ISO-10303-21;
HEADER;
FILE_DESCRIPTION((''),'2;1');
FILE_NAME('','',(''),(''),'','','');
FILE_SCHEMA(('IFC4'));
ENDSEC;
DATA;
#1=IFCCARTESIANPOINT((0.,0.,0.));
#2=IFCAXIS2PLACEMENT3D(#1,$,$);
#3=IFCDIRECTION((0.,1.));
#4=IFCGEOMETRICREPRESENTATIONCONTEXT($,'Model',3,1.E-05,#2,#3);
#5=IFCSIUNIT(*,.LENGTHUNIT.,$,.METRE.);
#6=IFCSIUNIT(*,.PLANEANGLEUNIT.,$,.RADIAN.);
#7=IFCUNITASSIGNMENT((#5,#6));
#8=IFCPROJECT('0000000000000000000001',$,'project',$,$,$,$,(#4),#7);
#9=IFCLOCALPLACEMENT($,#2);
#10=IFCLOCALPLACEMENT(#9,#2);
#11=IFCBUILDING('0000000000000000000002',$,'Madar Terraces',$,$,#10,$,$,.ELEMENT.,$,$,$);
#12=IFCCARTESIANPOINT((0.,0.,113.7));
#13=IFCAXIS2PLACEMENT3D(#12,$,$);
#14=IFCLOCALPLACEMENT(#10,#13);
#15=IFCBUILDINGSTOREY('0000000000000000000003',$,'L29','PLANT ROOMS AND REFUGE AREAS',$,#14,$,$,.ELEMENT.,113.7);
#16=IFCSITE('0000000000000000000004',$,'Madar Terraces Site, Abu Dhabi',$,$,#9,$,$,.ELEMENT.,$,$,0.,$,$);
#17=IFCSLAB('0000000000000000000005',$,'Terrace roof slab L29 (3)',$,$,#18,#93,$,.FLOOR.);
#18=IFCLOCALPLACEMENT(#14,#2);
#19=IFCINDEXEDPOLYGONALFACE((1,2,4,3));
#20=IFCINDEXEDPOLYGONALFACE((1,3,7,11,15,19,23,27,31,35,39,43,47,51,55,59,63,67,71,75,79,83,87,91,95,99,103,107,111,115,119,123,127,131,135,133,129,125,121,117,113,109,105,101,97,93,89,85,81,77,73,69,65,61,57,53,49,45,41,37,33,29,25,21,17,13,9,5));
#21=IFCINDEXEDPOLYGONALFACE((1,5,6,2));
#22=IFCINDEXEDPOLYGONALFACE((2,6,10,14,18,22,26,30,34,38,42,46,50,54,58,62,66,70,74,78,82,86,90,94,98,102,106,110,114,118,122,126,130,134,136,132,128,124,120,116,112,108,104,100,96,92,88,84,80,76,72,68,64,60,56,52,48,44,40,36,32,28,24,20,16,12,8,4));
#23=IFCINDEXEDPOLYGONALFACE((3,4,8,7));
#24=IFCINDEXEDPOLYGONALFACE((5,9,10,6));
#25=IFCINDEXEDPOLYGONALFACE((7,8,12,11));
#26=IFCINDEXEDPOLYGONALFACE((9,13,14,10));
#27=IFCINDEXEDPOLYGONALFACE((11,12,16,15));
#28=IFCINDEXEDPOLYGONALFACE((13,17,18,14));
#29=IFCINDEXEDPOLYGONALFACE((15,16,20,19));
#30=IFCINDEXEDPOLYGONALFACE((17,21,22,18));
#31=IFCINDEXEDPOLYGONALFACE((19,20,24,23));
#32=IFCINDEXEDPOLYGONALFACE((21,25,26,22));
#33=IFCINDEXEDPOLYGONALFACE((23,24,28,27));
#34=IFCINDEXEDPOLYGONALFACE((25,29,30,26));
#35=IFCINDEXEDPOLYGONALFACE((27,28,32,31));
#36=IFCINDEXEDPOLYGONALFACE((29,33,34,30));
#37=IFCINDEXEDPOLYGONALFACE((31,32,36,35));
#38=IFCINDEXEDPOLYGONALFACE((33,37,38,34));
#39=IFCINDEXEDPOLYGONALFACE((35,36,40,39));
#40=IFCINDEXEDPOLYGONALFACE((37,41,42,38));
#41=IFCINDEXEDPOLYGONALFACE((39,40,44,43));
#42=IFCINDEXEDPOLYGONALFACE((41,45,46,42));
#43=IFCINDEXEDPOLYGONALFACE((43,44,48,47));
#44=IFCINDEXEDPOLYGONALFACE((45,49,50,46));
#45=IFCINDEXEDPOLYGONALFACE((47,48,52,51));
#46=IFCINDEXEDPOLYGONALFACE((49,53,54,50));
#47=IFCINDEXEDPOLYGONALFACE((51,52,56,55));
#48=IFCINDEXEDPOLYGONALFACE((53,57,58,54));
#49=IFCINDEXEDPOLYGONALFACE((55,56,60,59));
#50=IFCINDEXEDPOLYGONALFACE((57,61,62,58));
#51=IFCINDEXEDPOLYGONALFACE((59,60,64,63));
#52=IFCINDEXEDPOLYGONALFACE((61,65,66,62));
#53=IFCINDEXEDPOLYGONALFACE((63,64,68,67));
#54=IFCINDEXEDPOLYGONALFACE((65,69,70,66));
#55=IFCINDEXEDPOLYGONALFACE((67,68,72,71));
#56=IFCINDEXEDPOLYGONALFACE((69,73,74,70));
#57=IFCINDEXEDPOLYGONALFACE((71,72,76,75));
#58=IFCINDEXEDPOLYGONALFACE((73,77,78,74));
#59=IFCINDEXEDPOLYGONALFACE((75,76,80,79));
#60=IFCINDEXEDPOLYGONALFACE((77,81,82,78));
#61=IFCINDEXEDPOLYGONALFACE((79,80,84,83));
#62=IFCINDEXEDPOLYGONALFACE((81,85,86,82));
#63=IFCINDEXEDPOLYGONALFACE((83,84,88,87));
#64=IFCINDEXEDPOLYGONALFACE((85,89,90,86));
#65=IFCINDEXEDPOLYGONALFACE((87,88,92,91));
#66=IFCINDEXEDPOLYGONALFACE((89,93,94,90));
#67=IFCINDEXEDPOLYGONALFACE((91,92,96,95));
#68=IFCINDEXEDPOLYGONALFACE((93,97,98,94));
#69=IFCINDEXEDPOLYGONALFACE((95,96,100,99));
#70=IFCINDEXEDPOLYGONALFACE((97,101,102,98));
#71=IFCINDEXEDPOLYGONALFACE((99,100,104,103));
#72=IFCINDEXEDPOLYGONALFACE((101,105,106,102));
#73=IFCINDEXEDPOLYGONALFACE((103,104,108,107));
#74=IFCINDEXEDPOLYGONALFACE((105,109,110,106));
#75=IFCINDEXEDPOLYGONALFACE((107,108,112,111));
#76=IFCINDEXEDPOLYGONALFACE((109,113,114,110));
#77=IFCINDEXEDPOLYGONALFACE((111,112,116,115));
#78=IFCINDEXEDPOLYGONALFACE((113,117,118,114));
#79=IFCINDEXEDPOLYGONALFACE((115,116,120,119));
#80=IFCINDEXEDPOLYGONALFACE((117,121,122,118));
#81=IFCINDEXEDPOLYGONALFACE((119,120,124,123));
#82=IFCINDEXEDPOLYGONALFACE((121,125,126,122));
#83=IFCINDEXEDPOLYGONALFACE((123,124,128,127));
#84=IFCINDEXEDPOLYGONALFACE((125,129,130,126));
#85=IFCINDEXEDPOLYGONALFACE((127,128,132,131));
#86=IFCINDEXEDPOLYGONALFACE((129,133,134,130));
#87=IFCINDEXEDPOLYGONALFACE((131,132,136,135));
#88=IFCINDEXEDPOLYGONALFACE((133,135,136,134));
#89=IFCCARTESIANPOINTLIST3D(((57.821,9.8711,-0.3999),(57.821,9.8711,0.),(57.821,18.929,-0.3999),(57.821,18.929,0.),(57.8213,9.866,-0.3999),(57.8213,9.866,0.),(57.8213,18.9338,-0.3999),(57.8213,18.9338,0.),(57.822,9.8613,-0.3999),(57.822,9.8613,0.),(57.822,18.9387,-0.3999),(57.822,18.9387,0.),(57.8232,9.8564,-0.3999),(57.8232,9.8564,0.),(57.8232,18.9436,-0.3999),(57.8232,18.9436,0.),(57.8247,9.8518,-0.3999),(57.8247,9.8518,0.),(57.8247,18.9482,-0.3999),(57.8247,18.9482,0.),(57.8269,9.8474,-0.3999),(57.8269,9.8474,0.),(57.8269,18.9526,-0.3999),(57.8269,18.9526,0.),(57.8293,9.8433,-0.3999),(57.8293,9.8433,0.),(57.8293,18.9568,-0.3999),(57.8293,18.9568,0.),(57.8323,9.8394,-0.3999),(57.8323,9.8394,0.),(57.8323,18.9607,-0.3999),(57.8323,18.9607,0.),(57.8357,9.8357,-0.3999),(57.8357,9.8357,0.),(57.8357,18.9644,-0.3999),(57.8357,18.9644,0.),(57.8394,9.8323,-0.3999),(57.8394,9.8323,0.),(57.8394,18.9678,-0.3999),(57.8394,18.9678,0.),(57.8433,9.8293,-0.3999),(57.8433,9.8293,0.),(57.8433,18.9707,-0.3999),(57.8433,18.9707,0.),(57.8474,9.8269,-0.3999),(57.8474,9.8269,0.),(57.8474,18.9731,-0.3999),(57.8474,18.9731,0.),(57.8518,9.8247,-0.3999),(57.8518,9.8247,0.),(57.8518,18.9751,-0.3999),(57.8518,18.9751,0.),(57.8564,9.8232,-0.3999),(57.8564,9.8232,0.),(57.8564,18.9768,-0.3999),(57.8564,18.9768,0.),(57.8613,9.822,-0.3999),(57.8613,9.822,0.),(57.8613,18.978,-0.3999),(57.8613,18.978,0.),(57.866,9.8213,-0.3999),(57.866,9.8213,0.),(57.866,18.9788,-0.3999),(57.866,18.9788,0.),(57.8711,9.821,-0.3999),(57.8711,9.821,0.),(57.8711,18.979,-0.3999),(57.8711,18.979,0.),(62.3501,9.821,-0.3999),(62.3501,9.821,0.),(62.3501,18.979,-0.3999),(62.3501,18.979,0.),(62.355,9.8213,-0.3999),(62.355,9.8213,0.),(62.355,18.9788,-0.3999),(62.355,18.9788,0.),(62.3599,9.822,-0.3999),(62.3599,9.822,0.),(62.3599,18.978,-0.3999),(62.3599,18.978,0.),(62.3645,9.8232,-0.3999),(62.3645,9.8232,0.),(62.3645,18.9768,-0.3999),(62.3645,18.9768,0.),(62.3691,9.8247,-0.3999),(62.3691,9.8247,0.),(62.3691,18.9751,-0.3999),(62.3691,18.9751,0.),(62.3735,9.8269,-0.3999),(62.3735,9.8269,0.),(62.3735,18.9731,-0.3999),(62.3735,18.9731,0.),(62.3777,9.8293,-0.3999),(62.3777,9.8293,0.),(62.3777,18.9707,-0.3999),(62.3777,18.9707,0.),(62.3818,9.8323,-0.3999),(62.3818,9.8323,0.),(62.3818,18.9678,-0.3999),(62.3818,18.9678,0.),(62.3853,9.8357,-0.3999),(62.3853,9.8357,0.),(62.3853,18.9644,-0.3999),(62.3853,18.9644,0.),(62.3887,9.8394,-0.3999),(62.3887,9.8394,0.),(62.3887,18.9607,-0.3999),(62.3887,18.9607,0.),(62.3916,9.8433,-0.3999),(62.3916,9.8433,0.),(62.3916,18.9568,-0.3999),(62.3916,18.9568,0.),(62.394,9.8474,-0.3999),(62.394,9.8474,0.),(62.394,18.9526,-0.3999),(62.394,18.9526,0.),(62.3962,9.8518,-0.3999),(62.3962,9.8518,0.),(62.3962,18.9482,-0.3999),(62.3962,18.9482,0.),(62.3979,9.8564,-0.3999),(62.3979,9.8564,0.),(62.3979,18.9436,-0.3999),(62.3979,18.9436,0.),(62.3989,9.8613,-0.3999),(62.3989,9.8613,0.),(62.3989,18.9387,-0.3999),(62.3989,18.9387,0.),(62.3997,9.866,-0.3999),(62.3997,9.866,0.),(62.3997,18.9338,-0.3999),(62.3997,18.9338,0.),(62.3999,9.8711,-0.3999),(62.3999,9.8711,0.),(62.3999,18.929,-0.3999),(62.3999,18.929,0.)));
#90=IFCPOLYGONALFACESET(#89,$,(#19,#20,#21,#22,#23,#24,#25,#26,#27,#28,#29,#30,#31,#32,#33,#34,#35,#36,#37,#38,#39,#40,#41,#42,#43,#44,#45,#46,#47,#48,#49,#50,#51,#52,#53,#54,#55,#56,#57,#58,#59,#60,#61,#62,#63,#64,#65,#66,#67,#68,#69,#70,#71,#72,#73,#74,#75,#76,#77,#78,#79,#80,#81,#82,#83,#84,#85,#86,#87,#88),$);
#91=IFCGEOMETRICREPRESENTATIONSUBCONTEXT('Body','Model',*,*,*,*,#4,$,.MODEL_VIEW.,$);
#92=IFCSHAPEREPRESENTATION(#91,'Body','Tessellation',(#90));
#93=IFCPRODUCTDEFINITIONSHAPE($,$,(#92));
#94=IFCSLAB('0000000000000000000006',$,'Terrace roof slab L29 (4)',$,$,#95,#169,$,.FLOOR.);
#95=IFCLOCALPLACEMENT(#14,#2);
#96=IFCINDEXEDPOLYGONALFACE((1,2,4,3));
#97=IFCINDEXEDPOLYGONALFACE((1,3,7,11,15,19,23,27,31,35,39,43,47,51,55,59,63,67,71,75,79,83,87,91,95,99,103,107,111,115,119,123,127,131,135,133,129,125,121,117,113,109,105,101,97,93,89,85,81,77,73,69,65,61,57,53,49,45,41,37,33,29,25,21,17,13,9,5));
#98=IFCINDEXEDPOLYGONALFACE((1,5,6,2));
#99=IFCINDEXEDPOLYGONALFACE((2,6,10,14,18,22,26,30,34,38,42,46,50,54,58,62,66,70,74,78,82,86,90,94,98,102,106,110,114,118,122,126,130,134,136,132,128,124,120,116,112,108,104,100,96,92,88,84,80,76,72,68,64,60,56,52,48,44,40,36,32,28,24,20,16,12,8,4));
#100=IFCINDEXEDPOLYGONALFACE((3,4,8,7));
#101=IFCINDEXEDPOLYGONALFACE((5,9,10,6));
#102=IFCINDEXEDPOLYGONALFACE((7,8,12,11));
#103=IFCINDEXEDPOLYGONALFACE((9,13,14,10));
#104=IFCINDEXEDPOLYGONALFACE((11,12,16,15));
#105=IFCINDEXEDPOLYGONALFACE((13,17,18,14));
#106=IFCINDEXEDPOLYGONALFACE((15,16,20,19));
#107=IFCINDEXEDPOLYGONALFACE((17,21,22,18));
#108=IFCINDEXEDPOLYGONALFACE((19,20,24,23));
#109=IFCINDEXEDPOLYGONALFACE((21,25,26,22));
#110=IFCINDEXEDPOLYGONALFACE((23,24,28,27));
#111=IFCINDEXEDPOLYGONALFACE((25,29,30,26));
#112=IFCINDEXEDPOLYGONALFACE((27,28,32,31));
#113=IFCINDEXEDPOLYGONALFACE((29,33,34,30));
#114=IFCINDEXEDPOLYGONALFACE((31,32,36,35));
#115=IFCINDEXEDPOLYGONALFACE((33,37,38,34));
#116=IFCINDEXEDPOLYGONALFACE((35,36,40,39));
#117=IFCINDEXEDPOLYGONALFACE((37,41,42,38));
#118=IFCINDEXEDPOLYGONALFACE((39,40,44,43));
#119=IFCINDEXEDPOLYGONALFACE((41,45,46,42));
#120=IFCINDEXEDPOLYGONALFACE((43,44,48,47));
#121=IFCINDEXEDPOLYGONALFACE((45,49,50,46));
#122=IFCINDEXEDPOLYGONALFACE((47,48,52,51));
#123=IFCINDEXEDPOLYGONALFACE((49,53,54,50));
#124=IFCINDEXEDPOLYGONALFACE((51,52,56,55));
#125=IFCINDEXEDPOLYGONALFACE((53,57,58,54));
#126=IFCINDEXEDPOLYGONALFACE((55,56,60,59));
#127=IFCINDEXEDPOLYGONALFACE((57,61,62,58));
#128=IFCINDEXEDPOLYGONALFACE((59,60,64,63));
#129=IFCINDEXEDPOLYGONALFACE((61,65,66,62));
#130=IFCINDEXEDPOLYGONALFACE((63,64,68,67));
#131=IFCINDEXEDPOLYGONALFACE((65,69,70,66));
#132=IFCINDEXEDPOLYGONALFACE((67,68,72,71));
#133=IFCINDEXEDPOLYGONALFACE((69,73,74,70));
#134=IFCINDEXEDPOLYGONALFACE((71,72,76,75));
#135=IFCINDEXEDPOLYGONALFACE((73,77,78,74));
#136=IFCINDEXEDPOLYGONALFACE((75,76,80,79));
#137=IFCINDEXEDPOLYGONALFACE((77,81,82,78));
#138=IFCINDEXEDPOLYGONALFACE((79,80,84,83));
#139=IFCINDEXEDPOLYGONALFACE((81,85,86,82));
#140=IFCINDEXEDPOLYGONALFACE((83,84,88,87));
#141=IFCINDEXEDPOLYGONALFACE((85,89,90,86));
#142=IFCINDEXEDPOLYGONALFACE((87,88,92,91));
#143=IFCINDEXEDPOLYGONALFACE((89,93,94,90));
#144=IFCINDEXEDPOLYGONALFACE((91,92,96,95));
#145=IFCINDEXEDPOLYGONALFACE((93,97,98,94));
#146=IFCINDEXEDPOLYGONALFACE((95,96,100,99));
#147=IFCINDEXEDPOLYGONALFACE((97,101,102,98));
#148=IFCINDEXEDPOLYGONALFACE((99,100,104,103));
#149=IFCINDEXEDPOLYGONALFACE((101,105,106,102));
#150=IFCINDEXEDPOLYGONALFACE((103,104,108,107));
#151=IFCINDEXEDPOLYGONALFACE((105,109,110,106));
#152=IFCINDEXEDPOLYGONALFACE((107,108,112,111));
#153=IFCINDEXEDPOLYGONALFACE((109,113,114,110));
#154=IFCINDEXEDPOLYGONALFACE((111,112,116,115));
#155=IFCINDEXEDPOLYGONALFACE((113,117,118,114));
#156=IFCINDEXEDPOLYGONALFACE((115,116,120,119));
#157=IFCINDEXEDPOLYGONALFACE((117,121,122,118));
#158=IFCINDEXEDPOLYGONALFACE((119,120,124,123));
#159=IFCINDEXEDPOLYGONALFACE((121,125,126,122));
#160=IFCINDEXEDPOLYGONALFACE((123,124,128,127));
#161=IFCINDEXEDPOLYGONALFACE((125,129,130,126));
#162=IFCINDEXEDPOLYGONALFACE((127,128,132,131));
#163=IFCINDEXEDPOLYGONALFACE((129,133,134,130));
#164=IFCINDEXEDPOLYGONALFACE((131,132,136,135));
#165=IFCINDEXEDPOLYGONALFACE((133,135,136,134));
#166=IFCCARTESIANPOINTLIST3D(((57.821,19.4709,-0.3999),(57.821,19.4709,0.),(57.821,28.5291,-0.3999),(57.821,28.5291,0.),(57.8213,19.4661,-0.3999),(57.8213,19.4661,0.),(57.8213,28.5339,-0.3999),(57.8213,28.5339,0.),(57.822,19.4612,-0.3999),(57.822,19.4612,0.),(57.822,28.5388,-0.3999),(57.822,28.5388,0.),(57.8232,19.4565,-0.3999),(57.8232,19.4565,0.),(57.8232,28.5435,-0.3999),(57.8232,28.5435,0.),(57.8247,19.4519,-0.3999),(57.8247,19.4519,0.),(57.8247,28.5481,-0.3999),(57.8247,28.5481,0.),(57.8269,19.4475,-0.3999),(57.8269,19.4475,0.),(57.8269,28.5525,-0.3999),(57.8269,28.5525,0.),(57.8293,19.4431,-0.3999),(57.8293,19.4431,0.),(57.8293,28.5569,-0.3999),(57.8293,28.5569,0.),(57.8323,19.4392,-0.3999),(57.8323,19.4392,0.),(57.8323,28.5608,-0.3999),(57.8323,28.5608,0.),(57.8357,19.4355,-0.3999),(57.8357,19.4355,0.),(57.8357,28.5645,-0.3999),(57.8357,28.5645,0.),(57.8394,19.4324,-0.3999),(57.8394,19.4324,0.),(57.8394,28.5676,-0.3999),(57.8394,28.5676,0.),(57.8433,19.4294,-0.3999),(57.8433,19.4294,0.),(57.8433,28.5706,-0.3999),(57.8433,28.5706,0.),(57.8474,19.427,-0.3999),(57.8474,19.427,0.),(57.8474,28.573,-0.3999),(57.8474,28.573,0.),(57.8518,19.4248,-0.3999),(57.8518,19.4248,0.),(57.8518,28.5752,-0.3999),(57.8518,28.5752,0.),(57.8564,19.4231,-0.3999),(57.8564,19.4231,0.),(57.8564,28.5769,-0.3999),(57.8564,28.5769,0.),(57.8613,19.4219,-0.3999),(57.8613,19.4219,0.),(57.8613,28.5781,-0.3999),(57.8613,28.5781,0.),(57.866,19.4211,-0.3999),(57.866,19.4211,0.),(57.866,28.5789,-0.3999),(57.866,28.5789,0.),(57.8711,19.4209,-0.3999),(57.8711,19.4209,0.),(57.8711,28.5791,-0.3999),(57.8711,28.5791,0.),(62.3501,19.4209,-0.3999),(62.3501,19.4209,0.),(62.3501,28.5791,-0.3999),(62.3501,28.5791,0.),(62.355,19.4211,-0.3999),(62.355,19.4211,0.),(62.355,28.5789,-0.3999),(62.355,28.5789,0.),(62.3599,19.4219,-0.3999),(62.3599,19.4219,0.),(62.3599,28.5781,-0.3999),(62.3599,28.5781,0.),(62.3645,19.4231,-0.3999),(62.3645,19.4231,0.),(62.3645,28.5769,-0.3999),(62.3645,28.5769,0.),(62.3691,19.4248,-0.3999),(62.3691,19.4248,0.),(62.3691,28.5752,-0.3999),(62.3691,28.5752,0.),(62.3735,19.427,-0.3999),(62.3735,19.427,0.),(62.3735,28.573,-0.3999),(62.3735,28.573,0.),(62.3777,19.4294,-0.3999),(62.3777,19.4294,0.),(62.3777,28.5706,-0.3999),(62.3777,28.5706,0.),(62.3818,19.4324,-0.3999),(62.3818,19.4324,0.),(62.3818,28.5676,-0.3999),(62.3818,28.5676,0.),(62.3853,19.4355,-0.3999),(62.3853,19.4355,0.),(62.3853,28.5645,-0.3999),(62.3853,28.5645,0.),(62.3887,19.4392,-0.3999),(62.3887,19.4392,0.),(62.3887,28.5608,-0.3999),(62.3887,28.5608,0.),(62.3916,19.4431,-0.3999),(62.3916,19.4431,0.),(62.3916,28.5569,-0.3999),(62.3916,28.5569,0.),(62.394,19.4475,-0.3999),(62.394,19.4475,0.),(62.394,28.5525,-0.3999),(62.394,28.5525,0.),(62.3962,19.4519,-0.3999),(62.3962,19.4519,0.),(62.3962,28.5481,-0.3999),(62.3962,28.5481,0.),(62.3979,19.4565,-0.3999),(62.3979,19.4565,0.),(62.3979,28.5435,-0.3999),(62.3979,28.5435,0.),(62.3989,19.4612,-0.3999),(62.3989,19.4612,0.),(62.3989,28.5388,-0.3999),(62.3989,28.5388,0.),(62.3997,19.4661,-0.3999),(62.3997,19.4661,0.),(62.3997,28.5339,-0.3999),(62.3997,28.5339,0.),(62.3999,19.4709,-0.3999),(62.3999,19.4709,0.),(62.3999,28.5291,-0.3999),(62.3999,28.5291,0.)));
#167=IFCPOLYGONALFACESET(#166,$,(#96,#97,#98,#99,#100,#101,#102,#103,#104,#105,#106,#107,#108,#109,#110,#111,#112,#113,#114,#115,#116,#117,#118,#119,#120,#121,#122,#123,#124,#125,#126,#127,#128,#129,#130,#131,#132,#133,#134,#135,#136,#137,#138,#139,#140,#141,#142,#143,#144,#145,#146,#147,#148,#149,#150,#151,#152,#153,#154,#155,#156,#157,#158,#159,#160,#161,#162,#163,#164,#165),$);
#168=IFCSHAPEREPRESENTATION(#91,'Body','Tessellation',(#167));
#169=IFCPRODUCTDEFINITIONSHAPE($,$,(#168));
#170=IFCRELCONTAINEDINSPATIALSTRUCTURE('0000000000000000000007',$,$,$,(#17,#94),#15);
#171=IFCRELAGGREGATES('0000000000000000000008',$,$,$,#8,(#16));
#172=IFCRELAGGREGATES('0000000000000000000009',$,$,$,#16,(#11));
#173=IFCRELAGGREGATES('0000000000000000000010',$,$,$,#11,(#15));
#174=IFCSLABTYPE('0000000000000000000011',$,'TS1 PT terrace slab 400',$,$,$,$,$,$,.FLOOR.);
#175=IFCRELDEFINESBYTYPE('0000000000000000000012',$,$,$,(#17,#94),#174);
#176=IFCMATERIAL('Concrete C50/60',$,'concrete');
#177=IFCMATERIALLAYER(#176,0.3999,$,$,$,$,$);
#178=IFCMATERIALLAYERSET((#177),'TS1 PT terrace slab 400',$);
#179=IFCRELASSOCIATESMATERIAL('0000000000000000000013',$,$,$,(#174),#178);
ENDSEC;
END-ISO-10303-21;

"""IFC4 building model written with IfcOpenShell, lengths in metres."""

from ifc_helpers import new_model, si_unit, direction, frame, origin, place, context, subcontext, project, spatial, polyline, outline, extrude, material, layer, layer_set, type_object, element, save


model = new_model("IFC4")

# Units and contexts
model_context = context("Model", 3, precision=1e-05, world=origin(), true_north=direction((0.0, 1.0)))
body_context = subcontext(model_context, "Body", "Model", "MODEL_VIEW")
ifc_project = project(units=[si_unit("LENGTHUNIT", "METRE"), si_unit("PLANEANGLEUNIT", "RADIAN")], contexts=[model_context])

# Site, building, storey
site_placement = place(None, origin())
site = spatial("IfcSite", under=ifc_project, at=site_placement, Name="Madar Terraces Site, Abu Dhabi", CompositionType="ELEMENT", RefElevation=0.0)
building_placement = place(site_placement, origin())
building = spatial("IfcBuilding", under=site, at=building_placement, Name="Madar Terraces", CompositionType="ELEMENT")
storey_placement = place(building_placement, frame((0.0, 0.0, 113.7)))
storey = spatial("IfcBuildingStorey", under=building, at=storey_placement, Name="L29", Description="PLANT ROOMS AND REFUGE AREAS", CompositionType="ELEMENT", Elevation=113.7)

# Slabs
ifc_material_1 = material(Name="Concrete C50/60", Category="concrete")
ifc_layer_1 = layer(ifc_material_1, 0.3999)
ifc_layer_set_1 = layer_set([ifc_layer_1], Name="TS1 PT terrace slab 400")
slab_type_1 = type_object("IfcSlabType", Name="TS1 PT terrace slab 400", PredefinedType="FLOOR", material=ifc_layer_set_1)
slab_1_placement = place(storey_placement, frame((0.0, 0.0, -0.3999)))
element("IfcSlab", 1, at=slab_1_placement, inside=storey, type_object=slab_type_1, Name="Terrace roof slab L29 (3)", PredefinedType="FLOOR", context=body_context, shape_type="SweptSolid", body=[
    extrude(outline(polyline([(62.3989, 9.8613), (62.3997, 9.866), (62.3999, 9.8711), (62.3999, 18.929), (62.3997, 18.9338), (62.3989, 18.9387), (62.3979, 18.9436), (62.3962, 18.9482), (62.394, 18.9526), (62.3916, 18.9568), (62.3887, 18.9607), (62.3853, 18.9644), (62.3818, 18.9678), (62.3777, 18.9707), (62.3735, 18.9731), (62.3691, 18.9751), (62.3645, 18.9768), (62.3599, 18.978), (62.355, 18.9788), (62.3501, 18.979), (57.8711, 18.979), (57.866, 18.9788), (57.8613, 18.978), (57.8564, 18.9768), (57.8518, 18.9751), (57.8474, 18.9731), (57.8433, 18.9707), (57.8394, 18.9678), (57.8357, 18.9644), (57.8323, 18.9607), (57.8293, 18.9568), (57.8269, 18.9526), (57.8247, 18.9482), (57.8232, 18.9436), (57.822, 18.9387), (57.8213, 18.9338), (57.821, 18.929), (57.821, 9.8711), (57.8213, 9.866), (57.822, 9.8613), (57.8232, 9.8564), (57.8247, 9.8518), (57.8269, 9.8474), (57.8293, 9.8433), (57.8323, 9.8394), (57.8357, 9.8357), (57.8394, 9.8323), (57.8433, 9.8293), (57.8474, 9.8269), (57.8518, 9.8247), (57.8564, 9.8232), (57.8613, 9.822), (57.866, 9.8213), (57.8711, 9.821), (62.3501, 9.821), (62.355, 9.8213), (62.3599, 9.822), (62.3645, 9.8232), (62.3691, 9.8247), (62.3735, 9.8269), (62.3777, 9.8293), (62.3818, 9.8323), (62.3853, 9.8357), (62.3887, 9.8394), (62.3916, 9.8433), (62.394, 9.8474), (62.3962, 9.8518), (62.3979, 9.8564), (62.3989, 9.8613)])), origin(), (0.0, 0.0, 1.0), 0.3999),
])
slab_2_placement = place(storey_placement, frame((0.0, 0.0, -0.3999)))
element("IfcSlab", 2, at=slab_2_placement, inside=storey, type_object=slab_type_1, Name="Terrace roof slab L29 (4)", PredefinedType="FLOOR", context=body_context, shape_type="SweptSolid", body=[
    extrude(outline(polyline([(62.3989, 19.4612), (62.3997, 19.4661), (62.3999, 19.4709), (62.3999, 28.5291), (62.3997, 28.5339), (62.3989, 28.5388), (62.3979, 28.5435), (62.3962, 28.5481), (62.394, 28.5525), (62.3916, 28.5569), (62.3887, 28.5608), (62.3853, 28.5645), (62.3818, 28.5676), (62.3777, 28.5706), (62.3735, 28.573), (62.3691, 28.5752), (62.3645, 28.5769), (62.3599, 28.5781), (62.355, 28.5789), (62.3501, 28.5791), (57.8711, 28.5791), (57.866, 28.5789), (57.8613, 28.5781), (57.8564, 28.5769), (57.8518, 28.5752), (57.8474, 28.573), (57.8433, 28.5706), (57.8394, 28.5676), (57.8357, 28.5645), (57.8323, 28.5608), (57.8293, 28.5569), (57.8269, 28.5525), (57.8247, 28.5481), (57.8232, 28.5435), (57.822, 28.5388), (57.8213, 28.5339), (57.821, 28.5291), (57.821, 19.4709), (57.8213, 19.4661), (57.822, 19.4612), (57.8232, 19.4565), (57.8247, 19.4519), (57.8269, 19.4475), (57.8293, 19.4431), (57.8323, 19.4392), (57.8357, 19.4355), (57.8394, 19.4324), (57.8433, 19.4294), (57.8474, 19.427), (57.8518, 19.4248), (57.8564, 19.4231), (57.8613, 19.4219), (57.866, 19.4211), (57.8711, 19.4209), (62.3501, 19.4209), (62.355, 19.4211), (62.3599, 19.4219), (62.3645, 19.4231), (62.3691, 19.4248), (62.3735, 19.427), (62.3777, 19.4294), (62.3818, 19.4324), (62.3853, 19.4355), (62.3887, 19.4392), (62.3916, 19.4431), (62.394, 19.4475), (62.3962, 19.4519), (62.3979, 19.4565), (62.3989, 19.4612)])), origin(), (0.0, 0.0, 1.0), 0.3999),
])

save(model, "model.ifc")
